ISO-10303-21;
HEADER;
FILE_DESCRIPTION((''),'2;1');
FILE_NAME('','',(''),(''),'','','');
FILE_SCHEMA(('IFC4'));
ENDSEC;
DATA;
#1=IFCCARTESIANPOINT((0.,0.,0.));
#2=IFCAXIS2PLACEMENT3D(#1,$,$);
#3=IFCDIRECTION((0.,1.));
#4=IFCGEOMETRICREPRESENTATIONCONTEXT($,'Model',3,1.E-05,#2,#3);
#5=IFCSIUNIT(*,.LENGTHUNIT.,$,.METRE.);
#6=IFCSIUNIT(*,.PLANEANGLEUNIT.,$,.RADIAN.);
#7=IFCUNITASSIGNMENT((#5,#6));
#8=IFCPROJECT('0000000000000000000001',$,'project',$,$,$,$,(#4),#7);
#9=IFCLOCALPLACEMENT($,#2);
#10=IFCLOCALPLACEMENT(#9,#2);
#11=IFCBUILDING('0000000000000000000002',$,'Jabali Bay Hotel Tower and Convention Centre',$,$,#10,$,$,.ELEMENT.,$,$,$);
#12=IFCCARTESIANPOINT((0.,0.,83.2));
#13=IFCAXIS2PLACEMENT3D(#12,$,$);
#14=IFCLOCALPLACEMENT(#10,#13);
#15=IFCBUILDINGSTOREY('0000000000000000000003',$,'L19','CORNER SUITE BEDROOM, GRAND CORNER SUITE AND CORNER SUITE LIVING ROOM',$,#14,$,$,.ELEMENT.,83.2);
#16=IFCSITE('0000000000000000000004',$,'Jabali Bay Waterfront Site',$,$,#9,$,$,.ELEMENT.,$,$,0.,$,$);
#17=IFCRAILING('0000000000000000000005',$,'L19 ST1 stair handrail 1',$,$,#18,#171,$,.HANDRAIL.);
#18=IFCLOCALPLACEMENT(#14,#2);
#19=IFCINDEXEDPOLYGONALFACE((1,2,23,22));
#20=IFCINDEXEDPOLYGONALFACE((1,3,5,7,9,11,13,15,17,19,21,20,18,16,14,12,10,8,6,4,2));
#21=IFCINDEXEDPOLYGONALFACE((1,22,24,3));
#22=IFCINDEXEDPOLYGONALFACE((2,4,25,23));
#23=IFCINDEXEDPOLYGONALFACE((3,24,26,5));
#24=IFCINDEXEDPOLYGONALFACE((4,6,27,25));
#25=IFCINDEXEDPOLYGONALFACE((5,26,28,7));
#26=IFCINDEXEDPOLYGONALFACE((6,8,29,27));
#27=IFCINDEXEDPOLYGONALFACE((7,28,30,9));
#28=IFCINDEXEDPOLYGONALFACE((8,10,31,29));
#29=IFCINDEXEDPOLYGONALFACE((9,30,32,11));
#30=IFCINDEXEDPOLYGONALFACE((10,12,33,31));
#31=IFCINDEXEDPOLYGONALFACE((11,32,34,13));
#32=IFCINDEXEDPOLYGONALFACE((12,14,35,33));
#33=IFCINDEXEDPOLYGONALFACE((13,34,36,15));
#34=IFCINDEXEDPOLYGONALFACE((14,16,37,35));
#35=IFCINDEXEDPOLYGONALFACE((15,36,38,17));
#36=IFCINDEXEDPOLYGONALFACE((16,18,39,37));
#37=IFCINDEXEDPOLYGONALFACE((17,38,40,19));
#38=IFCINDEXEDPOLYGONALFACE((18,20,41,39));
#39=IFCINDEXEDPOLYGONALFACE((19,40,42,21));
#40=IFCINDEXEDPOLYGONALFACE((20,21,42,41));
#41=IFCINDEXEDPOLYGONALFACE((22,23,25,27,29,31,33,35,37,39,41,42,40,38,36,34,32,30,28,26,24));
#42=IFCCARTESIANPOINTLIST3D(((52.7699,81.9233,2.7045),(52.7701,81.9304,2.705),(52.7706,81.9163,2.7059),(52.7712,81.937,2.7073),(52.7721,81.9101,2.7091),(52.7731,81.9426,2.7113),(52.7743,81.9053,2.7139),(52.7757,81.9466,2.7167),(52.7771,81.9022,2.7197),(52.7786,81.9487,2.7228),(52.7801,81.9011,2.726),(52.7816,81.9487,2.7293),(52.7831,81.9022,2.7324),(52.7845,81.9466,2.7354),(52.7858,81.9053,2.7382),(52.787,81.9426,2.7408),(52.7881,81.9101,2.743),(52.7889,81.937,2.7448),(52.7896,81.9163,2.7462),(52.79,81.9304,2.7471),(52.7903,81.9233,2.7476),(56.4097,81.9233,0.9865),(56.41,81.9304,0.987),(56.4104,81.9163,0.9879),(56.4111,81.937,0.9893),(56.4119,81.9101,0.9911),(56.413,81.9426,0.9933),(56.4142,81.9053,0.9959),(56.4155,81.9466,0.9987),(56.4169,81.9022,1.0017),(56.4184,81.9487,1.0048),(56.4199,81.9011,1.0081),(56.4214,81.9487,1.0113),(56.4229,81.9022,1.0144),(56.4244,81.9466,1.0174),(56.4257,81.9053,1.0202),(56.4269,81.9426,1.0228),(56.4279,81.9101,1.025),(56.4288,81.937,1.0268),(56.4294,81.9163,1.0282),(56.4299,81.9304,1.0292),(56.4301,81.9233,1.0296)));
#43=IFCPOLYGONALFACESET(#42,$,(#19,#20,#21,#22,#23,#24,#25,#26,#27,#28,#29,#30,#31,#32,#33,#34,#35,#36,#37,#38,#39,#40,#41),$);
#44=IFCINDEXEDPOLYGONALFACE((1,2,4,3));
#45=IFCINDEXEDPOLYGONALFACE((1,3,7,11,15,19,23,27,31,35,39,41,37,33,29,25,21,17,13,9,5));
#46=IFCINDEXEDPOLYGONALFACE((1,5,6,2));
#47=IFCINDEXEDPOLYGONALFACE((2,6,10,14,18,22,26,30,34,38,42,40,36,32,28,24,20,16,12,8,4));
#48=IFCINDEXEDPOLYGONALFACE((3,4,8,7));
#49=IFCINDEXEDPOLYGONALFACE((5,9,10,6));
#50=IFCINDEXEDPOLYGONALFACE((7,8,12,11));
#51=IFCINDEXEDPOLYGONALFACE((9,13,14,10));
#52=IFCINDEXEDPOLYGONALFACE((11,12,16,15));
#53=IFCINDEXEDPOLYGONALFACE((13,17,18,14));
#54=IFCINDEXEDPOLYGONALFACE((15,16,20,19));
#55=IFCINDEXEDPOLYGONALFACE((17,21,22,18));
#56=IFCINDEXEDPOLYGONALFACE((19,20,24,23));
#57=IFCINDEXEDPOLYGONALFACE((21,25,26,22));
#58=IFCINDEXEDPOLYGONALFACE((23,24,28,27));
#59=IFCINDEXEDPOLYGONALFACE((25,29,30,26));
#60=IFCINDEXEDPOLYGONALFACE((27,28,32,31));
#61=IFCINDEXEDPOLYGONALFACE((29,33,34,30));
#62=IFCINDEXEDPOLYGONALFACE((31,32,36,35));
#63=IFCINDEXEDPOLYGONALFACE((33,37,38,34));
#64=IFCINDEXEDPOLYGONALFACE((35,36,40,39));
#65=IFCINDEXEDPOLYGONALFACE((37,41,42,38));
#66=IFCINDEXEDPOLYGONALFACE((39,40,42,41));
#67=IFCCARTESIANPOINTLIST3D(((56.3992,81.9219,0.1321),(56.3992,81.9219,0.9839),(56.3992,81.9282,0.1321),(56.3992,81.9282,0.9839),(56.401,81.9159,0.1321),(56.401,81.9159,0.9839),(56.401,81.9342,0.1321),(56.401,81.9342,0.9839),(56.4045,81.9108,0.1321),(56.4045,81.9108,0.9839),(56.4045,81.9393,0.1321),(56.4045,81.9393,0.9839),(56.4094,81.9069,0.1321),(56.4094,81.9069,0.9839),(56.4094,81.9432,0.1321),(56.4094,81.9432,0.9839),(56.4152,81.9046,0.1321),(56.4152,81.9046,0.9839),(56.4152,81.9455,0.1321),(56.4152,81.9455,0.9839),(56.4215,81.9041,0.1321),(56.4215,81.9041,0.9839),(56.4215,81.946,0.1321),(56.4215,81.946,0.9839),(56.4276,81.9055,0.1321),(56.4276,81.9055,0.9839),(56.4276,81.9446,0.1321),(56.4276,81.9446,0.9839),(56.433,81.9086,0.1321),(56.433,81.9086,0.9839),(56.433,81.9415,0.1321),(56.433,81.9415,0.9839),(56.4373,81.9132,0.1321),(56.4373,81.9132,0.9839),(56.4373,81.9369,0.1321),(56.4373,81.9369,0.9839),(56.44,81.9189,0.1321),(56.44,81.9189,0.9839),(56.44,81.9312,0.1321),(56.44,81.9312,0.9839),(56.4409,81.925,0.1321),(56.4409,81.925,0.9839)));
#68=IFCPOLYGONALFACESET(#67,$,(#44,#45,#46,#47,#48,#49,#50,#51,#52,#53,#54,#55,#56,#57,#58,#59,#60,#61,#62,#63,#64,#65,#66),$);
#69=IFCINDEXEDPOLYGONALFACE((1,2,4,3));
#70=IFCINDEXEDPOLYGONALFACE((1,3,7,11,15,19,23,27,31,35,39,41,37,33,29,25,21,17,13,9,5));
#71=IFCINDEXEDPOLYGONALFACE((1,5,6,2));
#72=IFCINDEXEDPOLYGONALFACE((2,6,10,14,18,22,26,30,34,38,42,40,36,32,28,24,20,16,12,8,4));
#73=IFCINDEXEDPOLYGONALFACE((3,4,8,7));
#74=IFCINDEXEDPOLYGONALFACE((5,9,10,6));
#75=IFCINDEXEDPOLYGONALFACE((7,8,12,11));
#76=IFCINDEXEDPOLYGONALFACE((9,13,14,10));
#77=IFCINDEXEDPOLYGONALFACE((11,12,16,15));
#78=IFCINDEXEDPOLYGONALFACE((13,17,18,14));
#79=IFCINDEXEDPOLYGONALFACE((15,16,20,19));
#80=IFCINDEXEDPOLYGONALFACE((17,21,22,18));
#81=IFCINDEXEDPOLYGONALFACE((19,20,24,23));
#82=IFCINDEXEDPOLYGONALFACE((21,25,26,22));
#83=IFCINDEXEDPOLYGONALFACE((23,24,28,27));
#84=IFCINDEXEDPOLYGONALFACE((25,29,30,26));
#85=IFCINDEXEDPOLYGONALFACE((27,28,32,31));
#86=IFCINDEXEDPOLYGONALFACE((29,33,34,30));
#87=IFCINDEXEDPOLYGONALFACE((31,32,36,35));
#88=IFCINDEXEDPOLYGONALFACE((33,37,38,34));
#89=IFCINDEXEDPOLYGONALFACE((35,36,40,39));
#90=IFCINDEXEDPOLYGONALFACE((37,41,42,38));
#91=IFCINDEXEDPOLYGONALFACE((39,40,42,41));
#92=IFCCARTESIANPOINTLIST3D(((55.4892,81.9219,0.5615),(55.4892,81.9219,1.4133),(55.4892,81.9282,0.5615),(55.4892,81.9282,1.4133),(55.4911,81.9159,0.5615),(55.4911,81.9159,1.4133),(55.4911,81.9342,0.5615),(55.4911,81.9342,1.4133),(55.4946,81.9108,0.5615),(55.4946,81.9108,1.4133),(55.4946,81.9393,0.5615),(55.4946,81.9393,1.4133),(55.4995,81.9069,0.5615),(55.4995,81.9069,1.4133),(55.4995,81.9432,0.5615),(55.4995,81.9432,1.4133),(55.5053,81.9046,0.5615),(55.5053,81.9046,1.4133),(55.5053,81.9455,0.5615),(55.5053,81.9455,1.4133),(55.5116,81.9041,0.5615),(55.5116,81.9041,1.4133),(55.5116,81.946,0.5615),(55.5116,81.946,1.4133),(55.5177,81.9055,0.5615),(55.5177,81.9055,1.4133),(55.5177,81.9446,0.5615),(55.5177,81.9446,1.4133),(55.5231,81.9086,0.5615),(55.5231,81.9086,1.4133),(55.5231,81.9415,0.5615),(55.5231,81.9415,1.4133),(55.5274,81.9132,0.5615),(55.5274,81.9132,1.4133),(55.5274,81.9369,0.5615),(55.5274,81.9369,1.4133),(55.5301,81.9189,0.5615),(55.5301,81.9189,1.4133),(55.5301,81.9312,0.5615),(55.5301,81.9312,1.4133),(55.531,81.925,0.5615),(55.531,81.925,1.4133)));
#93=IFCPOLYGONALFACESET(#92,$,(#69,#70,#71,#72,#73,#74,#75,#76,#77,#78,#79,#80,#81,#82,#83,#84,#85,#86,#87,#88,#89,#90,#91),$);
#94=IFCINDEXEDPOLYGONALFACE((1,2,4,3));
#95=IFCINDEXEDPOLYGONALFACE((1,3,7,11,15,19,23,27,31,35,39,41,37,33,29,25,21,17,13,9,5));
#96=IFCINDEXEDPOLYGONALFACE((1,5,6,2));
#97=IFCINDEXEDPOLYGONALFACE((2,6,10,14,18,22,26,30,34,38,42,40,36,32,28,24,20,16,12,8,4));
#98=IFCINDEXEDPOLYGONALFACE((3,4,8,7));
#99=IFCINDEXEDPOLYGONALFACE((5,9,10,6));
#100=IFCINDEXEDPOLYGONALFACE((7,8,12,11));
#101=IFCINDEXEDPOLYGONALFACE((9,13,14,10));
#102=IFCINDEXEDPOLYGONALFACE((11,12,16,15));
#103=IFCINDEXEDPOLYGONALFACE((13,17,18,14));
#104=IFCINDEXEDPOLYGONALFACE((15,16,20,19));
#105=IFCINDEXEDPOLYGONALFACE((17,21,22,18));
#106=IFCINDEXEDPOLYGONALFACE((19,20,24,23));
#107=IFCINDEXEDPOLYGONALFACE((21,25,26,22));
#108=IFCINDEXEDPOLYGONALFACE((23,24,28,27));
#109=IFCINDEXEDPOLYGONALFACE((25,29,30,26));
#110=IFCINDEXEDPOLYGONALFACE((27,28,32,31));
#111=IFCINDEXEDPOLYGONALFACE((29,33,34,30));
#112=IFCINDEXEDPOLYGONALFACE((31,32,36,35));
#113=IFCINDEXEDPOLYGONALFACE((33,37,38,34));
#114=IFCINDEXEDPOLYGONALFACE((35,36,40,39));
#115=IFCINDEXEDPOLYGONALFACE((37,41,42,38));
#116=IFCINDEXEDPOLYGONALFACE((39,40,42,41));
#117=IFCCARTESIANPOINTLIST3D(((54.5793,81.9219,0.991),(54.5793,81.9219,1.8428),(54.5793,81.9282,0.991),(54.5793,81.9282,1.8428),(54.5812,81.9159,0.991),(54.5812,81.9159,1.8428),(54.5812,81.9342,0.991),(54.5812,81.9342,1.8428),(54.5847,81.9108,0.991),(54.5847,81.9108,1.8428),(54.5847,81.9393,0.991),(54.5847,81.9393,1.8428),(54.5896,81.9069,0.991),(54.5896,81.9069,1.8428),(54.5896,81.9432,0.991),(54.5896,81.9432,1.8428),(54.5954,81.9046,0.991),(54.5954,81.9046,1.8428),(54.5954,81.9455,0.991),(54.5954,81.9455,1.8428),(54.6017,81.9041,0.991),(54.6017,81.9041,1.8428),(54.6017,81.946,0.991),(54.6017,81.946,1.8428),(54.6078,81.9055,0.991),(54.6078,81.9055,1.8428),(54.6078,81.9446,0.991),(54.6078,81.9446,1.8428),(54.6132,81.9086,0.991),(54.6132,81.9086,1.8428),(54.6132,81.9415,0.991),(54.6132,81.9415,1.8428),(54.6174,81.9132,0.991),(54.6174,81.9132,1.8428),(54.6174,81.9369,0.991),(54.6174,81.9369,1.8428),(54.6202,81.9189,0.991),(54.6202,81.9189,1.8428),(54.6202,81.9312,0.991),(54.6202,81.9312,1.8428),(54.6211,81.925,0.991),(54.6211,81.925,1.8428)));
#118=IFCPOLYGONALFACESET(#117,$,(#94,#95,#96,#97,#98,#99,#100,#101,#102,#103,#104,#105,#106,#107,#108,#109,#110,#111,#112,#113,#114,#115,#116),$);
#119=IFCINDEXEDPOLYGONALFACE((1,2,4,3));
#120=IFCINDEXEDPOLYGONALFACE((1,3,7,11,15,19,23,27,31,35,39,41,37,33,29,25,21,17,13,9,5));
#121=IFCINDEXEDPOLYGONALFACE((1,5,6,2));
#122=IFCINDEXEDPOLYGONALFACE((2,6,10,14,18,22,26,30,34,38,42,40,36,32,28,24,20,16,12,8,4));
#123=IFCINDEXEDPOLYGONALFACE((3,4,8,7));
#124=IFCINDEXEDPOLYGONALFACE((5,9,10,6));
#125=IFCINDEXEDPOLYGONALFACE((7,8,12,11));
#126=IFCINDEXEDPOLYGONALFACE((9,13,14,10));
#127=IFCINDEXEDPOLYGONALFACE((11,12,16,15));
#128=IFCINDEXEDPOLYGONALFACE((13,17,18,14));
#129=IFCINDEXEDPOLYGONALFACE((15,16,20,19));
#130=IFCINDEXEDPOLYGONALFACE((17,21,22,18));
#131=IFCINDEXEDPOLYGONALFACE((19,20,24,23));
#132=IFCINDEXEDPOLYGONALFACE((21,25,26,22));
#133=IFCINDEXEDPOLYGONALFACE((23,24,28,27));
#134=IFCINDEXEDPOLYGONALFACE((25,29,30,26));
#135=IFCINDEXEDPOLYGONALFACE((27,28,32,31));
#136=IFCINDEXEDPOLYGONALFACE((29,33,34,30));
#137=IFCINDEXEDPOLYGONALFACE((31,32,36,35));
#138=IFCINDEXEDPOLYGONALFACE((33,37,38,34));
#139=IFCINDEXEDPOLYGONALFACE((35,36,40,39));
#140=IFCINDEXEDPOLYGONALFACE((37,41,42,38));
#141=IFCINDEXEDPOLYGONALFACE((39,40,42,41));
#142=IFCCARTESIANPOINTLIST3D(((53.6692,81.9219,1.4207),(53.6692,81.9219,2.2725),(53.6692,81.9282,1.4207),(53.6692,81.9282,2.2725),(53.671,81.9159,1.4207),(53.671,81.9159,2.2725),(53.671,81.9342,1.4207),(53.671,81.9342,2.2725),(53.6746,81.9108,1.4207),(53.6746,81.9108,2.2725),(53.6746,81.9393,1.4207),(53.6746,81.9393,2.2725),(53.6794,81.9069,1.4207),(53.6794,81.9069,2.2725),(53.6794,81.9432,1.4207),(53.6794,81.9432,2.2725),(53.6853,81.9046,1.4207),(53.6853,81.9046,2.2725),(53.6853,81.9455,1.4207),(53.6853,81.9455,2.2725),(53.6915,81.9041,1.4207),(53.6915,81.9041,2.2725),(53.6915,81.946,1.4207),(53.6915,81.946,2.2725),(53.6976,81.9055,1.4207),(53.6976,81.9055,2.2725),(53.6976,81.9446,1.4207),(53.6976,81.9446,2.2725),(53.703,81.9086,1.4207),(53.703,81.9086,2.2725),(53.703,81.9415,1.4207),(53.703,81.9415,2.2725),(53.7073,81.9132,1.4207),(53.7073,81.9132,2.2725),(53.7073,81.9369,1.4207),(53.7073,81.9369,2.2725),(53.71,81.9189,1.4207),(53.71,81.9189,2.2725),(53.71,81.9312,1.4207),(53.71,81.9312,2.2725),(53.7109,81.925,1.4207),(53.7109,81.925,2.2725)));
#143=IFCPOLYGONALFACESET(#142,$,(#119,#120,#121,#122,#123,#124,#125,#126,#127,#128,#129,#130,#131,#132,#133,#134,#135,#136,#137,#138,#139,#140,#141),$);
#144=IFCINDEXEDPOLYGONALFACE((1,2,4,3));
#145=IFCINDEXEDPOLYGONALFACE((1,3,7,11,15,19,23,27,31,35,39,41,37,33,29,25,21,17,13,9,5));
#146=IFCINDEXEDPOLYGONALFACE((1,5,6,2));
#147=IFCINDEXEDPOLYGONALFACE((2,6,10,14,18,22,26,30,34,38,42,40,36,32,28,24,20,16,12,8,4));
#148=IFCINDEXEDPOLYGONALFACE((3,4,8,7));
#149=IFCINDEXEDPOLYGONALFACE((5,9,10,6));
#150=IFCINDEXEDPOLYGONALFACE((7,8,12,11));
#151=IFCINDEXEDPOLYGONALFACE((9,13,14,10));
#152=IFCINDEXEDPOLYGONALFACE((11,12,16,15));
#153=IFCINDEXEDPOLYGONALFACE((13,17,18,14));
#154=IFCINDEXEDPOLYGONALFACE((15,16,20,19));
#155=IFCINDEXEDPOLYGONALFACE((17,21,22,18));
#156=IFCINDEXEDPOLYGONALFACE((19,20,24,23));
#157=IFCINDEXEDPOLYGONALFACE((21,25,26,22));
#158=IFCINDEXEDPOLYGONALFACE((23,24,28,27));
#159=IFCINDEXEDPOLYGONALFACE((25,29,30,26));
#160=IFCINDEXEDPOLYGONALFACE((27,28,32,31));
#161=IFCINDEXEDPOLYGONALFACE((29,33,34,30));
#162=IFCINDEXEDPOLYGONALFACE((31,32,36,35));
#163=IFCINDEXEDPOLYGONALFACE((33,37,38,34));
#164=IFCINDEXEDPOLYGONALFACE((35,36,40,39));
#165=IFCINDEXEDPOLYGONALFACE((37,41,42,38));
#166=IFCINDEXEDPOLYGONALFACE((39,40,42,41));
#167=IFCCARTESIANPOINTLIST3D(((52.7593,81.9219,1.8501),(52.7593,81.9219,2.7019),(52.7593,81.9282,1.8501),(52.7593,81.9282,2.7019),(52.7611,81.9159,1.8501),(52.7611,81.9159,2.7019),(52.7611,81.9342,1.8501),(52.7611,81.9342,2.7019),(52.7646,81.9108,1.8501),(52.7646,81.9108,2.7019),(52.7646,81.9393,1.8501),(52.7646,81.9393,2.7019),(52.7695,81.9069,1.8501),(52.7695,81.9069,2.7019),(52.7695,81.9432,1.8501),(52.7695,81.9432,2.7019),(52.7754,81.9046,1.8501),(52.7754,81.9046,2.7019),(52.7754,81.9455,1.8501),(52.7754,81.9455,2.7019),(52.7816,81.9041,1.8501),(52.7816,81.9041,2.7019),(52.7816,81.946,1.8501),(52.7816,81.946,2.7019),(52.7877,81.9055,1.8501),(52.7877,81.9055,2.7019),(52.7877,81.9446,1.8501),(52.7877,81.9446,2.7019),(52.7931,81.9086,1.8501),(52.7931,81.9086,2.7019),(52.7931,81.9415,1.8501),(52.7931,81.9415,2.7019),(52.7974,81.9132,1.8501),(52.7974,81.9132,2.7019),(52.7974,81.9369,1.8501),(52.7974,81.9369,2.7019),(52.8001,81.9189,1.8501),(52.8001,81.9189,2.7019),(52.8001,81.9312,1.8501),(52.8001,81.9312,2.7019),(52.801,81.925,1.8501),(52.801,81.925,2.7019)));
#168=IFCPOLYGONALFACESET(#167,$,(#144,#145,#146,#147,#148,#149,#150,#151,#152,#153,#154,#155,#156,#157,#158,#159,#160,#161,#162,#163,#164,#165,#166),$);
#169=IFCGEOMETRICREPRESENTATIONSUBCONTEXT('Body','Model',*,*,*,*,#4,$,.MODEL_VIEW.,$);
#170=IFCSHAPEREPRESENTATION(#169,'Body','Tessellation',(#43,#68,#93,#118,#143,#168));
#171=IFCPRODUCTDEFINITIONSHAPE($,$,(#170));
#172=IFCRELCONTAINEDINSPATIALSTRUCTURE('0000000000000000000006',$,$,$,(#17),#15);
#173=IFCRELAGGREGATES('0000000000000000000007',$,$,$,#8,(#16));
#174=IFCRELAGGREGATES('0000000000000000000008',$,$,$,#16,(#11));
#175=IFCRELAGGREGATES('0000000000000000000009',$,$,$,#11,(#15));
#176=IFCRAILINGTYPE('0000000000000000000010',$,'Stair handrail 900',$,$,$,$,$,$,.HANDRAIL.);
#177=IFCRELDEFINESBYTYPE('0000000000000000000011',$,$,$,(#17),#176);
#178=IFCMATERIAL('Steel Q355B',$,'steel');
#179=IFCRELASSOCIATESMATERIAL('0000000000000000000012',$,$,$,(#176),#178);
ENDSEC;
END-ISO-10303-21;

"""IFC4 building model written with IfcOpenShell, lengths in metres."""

from ifc_helpers import new_model, si_unit, direction, frame, origin, origin_2d, place, context, subcontext, project, spatial, circle, extrude, material, type_object, element, save


model = new_model("IFC4")

# Units and contexts
model_context = context("Model", 3, precision=1e-05, world=origin(), true_north=direction((0.0, 1.0)))
body_context = subcontext(model_context, "Body", "Model", "MODEL_VIEW")
ifc_project = project(units=[si_unit("LENGTHUNIT", "METRE"), si_unit("PLANEANGLEUNIT", "RADIAN")], contexts=[model_context])

# Site, building, storey
site_placement = place(None, origin())
site = spatial("IfcSite", under=ifc_project, at=site_placement, Name="Jabali Bay Waterfront Site", CompositionType="ELEMENT", RefElevation=0.0)
building_placement = place(site_placement, origin())
building = spatial("IfcBuilding", under=site, at=building_placement, Name="Jabali Bay Hotel Tower and Convention Centre", CompositionType="ELEMENT")
storey_placement = place(building_placement, frame((0.0, 0.0, 83.2)))
storey = spatial("IfcBuildingStorey", under=building, at=storey_placement, Name="L19", Description="CORNER SUITE BEDROOM, GRAND CORNER SUITE AND CORNER SUITE LIVING ROOM", CompositionType="ELEMENT", Elevation=83.2)

# Railing
ifc_material_1 = material(Name="Steel Q355B", Category="steel")
railing_type_1 = type_object("IfcRailingType", Name="Stair handrail 900", PredefinedType="HANDRAIL", material=ifc_material_1)
railing_1_placement = place(storey_placement, frame((56.4199, 81.925, 0.1321)))
element("IfcRailing", 1, at=railing_1_placement, inside=storey, type_object=railing_type_1, Name="L19 ST1 stair handrail 1", PredefinedType="HANDRAIL", context=body_context, shape_type="SweptSolid", body=[
    extrude(circle(Radius=0.0239, at=origin_2d()), frame((0.0, 0.0, 0.876), z_axis=(-0.904327, 0.0, 0.42684), x_axis=(0.0, -1.0, 0.0)), (0.0, 0.0, 1.0), 4.0249),
    extrude(circle(Radius=0.021, at=origin_2d()), origin(), (0.0, 0.0, 1.0), 0.8518),
    extrude(circle(Radius=0.021, at=origin_2d()), frame((-0.9099, 0.0, 0.4294)), (0.0, 0.0, 1.0), 0.8518),
    extrude(circle(Radius=0.021, at=origin_2d()), frame((-1.8198, 0.0, 0.8589)), (0.0, 0.0, 1.0), 0.8518),
    extrude(circle(Radius=0.021, at=origin_2d()), frame((-2.73, 0.0, 1.2886)), (0.0, 0.0, 1.0), 0.8518),
    extrude(circle(Radius=0.021, at=origin_2d()), frame((-3.6399, 0.0, 1.718)), (0.0, 0.0, 1.0), 0.8518),
])

save(model, "model.ifc")
